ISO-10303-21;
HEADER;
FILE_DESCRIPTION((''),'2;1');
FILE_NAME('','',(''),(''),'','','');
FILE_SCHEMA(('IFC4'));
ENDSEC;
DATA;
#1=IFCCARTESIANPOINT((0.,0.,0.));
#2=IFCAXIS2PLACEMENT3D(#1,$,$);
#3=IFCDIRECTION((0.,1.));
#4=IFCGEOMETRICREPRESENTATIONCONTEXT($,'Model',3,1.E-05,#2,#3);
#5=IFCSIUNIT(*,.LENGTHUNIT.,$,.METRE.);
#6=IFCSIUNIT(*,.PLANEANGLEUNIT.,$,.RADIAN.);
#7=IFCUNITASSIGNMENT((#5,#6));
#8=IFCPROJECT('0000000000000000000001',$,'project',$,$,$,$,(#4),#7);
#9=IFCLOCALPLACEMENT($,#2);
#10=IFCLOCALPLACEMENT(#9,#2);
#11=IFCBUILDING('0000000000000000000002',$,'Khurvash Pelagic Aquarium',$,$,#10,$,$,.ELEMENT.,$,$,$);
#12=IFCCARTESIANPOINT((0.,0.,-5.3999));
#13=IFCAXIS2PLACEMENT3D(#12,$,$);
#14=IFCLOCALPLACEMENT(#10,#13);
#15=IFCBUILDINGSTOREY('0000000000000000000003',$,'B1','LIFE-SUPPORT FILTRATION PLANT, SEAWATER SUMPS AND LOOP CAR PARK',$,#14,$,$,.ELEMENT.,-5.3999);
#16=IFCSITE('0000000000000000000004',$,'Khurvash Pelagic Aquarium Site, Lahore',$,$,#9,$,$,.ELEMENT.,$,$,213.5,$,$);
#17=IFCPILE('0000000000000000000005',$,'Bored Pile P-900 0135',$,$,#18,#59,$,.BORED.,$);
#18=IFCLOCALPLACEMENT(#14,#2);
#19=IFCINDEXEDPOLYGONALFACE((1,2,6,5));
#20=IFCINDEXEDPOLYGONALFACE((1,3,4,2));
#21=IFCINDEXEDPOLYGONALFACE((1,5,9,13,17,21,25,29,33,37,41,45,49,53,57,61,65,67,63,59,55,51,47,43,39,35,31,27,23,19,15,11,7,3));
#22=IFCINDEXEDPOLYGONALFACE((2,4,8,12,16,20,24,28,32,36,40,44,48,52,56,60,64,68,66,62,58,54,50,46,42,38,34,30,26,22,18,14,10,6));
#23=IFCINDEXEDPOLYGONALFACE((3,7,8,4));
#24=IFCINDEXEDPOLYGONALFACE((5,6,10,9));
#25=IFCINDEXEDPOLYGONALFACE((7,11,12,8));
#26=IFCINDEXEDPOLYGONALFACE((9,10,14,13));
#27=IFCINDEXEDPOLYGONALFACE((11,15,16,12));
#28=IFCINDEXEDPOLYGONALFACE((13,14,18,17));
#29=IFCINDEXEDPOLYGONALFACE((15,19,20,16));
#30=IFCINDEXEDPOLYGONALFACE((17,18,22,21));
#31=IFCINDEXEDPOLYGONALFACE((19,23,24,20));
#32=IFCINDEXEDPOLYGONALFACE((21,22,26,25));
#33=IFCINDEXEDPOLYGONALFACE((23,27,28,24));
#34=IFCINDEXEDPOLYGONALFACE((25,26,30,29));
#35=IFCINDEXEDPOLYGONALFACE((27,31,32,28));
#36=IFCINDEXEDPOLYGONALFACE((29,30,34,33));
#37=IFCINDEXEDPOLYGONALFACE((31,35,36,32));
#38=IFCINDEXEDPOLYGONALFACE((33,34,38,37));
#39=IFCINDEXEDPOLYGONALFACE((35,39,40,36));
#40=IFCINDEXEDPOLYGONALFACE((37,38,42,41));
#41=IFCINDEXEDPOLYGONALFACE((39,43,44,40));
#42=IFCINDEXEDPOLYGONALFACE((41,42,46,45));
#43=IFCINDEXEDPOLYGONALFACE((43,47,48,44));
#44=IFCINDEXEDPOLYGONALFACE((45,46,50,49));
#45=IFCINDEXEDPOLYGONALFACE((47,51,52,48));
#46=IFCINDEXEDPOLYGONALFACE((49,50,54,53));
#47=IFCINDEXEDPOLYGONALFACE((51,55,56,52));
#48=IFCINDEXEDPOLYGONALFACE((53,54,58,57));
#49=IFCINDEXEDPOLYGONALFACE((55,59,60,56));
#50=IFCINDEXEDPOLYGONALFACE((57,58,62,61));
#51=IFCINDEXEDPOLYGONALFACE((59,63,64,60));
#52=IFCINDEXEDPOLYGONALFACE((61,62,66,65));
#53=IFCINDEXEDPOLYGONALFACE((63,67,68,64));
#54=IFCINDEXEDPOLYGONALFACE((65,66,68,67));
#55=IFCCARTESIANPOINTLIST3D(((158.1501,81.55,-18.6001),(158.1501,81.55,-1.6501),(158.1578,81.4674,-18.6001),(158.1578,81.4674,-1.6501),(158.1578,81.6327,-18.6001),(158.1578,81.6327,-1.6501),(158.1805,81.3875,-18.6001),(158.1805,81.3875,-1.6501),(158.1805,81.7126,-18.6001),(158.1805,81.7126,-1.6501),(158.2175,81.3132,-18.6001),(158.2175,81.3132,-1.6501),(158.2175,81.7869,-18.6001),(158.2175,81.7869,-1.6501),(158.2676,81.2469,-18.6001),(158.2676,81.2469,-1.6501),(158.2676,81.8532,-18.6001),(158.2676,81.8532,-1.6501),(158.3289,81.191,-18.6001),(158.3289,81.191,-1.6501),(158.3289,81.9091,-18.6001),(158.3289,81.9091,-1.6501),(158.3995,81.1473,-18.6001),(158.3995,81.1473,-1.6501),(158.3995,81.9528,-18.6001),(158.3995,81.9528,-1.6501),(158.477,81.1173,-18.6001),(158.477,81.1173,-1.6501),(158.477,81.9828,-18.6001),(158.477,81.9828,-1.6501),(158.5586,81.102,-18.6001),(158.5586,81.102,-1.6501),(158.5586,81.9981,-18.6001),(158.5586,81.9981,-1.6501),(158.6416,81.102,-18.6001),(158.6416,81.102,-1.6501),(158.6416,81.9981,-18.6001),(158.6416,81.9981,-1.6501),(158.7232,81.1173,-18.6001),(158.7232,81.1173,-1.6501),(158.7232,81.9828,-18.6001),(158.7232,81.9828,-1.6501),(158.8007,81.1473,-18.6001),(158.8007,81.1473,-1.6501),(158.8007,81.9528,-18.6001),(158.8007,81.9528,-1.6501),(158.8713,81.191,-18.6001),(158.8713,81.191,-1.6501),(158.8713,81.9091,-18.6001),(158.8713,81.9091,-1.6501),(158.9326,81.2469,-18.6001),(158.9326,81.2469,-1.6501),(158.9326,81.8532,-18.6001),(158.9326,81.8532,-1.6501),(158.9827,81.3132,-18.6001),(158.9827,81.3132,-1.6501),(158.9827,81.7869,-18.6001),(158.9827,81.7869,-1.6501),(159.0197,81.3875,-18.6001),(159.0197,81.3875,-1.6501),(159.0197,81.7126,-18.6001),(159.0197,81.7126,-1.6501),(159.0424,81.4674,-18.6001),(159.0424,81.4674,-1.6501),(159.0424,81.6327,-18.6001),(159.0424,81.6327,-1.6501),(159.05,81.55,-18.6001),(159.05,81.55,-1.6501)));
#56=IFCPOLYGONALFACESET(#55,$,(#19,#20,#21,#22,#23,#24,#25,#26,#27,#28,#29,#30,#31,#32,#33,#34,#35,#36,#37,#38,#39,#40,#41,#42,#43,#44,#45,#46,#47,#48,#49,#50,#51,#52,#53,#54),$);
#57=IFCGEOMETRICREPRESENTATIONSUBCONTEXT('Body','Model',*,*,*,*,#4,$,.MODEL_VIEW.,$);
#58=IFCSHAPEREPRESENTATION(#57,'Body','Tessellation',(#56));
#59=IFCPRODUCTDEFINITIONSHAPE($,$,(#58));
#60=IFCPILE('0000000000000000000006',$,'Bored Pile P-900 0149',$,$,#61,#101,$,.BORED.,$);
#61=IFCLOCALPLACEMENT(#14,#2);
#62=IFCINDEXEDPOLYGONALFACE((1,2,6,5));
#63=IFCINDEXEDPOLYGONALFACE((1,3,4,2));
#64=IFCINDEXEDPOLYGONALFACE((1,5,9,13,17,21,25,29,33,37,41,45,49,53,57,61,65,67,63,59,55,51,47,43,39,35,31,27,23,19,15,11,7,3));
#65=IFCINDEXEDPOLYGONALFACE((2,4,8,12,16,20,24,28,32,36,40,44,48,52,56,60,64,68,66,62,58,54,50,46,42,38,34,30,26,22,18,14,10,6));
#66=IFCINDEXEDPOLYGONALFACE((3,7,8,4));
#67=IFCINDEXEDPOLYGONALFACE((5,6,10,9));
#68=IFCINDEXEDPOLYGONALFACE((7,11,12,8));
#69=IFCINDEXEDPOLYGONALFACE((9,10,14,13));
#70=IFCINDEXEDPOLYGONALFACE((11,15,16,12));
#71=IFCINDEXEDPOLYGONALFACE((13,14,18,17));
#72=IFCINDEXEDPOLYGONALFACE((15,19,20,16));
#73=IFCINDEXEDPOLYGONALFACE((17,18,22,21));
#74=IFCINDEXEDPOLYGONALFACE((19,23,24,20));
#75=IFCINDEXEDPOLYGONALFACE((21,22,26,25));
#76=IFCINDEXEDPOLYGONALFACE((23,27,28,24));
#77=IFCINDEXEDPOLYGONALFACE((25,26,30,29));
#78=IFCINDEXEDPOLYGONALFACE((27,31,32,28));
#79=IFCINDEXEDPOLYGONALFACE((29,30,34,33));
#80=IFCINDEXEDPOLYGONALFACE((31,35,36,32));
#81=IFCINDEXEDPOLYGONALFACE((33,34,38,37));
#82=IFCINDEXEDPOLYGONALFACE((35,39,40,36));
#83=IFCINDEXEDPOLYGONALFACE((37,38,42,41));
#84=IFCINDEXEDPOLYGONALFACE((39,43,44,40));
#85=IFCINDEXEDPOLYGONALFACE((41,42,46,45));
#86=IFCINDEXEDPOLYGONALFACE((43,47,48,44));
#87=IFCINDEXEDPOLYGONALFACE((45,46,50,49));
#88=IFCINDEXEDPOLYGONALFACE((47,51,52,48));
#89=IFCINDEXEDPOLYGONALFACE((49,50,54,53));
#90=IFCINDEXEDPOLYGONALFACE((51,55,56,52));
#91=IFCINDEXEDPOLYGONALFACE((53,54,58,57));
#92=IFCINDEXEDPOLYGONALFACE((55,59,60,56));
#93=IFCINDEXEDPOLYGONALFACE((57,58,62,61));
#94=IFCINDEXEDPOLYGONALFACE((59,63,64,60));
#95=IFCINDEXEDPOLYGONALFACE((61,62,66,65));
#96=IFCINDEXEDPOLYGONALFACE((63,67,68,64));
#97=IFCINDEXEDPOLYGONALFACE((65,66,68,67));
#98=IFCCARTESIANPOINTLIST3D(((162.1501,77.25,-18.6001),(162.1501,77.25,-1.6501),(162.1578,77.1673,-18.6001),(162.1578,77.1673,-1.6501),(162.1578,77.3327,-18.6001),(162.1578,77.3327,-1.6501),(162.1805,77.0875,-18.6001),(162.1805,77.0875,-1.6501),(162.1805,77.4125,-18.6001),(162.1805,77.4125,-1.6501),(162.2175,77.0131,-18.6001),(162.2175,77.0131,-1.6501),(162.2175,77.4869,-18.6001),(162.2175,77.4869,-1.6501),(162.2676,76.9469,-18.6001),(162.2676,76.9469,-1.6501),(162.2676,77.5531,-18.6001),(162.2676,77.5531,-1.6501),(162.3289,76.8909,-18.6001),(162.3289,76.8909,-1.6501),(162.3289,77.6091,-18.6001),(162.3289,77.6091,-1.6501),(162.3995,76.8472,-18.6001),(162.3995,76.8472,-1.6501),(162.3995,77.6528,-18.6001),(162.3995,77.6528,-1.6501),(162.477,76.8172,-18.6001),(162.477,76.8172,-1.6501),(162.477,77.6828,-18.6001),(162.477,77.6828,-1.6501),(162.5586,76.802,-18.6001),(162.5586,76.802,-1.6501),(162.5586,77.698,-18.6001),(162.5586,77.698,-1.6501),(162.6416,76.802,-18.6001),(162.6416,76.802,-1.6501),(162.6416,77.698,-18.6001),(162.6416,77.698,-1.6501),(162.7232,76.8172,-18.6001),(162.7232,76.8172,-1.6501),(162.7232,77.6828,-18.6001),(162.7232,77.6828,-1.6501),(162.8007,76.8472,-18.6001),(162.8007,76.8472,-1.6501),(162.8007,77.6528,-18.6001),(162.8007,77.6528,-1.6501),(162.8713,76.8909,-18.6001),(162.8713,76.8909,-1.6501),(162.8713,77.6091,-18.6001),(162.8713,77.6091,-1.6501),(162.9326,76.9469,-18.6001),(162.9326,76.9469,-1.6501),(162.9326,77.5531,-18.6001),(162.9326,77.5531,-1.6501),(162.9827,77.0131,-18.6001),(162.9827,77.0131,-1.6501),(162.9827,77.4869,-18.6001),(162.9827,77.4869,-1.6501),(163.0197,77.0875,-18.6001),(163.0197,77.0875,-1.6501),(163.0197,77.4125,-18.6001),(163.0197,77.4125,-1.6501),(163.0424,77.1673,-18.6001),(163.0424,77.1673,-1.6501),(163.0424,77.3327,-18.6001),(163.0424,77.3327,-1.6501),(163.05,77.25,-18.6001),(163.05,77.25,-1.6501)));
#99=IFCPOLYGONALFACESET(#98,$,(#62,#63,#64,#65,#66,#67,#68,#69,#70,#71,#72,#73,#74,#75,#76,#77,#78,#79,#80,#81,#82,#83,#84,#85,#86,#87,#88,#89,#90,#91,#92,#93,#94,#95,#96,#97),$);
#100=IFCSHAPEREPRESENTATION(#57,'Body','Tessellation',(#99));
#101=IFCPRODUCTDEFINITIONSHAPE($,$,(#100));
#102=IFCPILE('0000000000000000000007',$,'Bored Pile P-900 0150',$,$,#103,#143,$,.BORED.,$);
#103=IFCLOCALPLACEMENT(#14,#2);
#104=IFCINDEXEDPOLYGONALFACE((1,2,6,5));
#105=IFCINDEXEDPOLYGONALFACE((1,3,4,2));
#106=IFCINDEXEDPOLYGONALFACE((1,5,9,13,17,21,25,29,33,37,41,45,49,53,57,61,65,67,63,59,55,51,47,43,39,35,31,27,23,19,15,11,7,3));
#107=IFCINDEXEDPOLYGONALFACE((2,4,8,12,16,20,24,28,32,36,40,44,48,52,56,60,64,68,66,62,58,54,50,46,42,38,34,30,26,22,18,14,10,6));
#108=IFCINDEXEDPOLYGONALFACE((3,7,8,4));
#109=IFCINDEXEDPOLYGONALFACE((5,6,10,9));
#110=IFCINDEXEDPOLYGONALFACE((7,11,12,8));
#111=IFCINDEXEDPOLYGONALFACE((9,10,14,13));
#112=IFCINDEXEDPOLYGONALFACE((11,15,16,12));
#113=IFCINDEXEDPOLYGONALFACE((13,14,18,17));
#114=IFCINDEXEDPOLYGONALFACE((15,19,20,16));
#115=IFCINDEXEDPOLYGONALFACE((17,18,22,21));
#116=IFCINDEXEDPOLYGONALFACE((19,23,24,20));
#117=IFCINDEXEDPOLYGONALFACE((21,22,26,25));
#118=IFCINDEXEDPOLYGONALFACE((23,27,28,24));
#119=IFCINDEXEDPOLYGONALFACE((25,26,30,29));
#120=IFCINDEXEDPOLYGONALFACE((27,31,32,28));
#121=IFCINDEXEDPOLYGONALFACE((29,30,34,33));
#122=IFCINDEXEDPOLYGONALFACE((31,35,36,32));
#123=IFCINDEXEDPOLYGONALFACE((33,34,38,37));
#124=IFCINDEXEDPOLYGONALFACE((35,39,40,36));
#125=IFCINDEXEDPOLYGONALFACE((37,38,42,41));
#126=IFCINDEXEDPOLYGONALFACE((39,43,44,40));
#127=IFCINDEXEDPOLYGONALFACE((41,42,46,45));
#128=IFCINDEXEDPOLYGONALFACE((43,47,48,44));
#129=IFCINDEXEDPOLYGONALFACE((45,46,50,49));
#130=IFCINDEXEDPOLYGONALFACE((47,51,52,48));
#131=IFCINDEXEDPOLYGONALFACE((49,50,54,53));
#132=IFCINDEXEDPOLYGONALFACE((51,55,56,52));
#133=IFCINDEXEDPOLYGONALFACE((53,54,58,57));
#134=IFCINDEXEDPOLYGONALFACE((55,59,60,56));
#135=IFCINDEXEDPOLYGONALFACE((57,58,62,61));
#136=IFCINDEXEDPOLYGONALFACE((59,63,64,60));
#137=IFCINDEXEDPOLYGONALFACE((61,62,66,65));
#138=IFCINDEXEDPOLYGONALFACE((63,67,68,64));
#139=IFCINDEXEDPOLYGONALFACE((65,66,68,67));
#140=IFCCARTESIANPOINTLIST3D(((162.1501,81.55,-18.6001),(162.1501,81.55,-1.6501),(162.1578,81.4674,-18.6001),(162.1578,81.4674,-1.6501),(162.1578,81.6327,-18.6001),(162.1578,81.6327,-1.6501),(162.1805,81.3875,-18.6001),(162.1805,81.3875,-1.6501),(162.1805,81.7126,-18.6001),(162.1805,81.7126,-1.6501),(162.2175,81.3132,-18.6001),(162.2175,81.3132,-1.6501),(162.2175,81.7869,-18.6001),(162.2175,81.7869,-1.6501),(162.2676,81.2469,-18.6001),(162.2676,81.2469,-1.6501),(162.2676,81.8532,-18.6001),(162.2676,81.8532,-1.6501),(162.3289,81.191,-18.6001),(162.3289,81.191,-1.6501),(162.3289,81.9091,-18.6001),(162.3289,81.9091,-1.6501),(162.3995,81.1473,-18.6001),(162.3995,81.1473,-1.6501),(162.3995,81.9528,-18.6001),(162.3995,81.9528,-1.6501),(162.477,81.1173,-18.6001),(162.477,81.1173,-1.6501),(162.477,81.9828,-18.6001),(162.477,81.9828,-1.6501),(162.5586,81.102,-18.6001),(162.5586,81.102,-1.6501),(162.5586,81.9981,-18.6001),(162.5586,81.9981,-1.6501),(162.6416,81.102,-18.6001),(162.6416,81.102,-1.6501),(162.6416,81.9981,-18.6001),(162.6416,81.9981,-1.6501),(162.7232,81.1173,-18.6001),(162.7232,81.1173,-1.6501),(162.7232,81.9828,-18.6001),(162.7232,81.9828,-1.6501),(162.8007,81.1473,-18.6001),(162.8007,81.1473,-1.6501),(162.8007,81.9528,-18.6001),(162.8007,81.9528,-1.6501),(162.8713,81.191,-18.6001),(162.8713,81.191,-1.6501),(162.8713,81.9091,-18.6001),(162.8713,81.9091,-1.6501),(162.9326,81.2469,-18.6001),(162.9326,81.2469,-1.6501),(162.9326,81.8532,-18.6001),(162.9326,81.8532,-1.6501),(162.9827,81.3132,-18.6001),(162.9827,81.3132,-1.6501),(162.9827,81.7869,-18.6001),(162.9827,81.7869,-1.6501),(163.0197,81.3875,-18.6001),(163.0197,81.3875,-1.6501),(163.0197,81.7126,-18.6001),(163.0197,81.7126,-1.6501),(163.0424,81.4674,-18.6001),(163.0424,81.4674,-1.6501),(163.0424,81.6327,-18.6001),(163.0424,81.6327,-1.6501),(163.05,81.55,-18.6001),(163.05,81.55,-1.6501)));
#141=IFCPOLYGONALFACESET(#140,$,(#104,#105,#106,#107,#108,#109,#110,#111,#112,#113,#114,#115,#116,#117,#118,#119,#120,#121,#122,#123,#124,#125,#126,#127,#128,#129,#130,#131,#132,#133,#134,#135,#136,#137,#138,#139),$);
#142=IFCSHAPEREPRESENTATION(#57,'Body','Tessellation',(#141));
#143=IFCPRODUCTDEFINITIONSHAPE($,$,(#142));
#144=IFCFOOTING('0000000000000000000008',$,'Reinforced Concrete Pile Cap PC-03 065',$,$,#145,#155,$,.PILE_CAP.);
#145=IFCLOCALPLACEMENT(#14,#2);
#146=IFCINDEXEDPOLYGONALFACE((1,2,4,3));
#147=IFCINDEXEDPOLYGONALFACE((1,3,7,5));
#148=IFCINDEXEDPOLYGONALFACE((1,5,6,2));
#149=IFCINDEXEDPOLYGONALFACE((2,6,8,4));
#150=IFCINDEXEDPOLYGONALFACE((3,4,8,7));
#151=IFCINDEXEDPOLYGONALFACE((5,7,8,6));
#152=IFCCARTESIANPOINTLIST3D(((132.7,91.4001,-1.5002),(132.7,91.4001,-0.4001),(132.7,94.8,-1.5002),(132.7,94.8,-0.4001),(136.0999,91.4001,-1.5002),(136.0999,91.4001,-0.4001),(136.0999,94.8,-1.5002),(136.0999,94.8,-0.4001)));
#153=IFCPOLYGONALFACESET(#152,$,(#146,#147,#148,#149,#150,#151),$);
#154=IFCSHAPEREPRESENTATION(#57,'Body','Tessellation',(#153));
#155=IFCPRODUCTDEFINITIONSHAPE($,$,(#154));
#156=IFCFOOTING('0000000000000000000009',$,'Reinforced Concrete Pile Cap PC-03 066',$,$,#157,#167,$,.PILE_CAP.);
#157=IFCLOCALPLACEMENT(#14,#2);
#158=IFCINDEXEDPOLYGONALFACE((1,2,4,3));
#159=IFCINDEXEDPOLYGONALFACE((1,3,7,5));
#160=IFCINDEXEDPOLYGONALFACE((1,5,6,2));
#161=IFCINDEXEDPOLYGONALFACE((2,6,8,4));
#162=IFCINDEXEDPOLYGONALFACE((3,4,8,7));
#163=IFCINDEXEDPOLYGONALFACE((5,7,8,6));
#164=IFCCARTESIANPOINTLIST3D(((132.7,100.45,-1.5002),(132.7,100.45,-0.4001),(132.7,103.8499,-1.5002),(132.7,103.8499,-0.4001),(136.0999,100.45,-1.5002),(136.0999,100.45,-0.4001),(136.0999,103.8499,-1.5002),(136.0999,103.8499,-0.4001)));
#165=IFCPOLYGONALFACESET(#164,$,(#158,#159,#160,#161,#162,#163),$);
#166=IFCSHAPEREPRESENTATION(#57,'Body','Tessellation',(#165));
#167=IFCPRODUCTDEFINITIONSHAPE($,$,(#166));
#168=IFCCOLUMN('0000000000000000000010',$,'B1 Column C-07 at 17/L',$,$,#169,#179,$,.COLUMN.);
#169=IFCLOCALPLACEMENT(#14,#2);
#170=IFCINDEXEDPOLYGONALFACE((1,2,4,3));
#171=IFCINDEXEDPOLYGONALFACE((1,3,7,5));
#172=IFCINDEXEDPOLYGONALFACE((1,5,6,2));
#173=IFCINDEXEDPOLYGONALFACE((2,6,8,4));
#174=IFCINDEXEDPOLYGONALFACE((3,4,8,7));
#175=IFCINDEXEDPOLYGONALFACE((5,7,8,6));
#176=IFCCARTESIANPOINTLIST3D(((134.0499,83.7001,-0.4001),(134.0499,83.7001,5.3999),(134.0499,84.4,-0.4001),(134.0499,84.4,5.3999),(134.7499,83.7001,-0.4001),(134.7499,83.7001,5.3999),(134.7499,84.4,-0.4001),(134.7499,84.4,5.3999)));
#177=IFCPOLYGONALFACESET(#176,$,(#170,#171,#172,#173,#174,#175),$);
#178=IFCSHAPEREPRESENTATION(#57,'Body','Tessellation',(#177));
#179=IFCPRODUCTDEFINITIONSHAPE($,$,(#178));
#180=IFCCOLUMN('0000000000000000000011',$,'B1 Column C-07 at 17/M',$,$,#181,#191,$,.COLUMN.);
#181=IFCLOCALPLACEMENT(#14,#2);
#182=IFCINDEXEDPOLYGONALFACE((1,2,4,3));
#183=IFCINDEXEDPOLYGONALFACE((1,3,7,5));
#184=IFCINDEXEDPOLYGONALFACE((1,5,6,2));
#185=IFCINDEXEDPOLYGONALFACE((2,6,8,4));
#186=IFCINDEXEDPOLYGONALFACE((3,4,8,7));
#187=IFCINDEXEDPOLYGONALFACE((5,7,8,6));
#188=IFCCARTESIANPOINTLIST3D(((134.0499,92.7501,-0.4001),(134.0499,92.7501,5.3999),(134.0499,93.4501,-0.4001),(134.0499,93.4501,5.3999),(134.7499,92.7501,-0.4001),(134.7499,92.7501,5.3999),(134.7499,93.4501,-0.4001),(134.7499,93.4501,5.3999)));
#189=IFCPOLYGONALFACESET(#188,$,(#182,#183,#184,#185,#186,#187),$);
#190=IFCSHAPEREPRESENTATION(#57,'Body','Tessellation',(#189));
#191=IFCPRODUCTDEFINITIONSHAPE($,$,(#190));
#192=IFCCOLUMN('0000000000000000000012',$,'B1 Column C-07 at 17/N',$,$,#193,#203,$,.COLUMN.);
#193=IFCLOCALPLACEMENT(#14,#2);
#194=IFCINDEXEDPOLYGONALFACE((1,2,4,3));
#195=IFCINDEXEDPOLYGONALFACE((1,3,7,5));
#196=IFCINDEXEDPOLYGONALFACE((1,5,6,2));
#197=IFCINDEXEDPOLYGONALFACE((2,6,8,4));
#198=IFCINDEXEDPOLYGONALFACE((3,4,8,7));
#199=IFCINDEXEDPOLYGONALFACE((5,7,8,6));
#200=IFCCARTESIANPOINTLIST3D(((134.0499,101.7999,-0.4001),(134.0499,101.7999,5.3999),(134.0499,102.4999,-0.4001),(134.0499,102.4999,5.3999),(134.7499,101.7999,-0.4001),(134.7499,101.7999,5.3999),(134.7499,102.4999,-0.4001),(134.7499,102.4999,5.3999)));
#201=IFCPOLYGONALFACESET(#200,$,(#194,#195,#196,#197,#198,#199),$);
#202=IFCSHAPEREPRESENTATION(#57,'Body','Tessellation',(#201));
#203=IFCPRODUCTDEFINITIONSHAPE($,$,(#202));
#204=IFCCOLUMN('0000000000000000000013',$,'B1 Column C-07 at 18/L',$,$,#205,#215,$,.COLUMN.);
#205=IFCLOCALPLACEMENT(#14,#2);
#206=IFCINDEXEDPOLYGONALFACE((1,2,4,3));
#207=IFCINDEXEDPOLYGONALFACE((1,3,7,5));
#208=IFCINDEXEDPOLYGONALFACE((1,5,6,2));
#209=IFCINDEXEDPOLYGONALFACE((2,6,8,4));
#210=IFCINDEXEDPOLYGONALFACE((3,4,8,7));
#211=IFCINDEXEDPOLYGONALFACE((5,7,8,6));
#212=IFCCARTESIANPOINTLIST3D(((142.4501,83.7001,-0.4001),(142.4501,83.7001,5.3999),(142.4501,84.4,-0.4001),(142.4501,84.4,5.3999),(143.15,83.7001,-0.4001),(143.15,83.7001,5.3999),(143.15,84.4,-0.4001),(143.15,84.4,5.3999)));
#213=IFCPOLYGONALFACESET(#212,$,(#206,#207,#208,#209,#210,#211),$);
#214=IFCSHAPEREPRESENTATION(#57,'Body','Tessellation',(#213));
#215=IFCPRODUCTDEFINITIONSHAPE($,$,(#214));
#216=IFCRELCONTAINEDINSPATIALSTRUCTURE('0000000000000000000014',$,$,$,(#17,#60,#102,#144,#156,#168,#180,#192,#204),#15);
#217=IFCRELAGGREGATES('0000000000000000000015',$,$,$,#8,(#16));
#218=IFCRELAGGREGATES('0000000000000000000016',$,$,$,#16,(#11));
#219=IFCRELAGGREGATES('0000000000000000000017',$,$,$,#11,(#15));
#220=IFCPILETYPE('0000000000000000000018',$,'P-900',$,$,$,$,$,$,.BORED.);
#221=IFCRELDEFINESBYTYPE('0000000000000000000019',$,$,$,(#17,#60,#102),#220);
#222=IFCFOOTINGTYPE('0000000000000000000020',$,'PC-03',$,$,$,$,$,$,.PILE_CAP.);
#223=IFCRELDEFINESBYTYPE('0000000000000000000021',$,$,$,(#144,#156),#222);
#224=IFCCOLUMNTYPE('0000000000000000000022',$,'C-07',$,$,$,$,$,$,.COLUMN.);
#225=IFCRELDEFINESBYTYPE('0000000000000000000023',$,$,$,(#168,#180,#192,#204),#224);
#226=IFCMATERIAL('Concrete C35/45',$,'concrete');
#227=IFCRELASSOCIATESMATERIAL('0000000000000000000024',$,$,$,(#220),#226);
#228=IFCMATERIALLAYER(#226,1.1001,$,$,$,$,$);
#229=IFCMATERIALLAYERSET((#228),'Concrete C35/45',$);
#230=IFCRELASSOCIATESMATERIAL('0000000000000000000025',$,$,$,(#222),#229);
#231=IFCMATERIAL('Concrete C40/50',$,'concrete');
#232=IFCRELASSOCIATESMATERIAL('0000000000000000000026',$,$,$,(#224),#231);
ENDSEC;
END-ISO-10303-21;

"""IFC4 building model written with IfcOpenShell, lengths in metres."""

from ifc_helpers import new_model, si_unit, direction, frame, origin, origin_2d, place, context, subcontext, project, spatial, rectangle, circle, extrude, material, layer, layer_set, material_profile, profile_set, type_object, element, save


model = new_model("IFC4")

# Units and contexts
model_context = context("Model", 3, precision=1e-05, world=origin(), true_north=direction((0.0, 1.0)))
body_context = subcontext(model_context, "Body", "Model", "MODEL_VIEW")
ifc_project = project(units=[si_unit("LENGTHUNIT", "METRE"), si_unit("PLANEANGLEUNIT", "RADIAN")], contexts=[model_context])

# Site, building, storey
site_placement = place(None, origin())
site = spatial("IfcSite", under=ifc_project, at=site_placement, Name="Khurvash Pelagic Aquarium Site, Lahore", CompositionType="ELEMENT", RefElevation=213.5)
building_placement = place(site_placement, origin())
building = spatial("IfcBuilding", under=site, at=building_placement, Name="Khurvash Pelagic Aquarium", CompositionType="ELEMENT")
storey_placement = place(building_placement, frame((0.0, 0.0, -5.3999)))
storey = spatial("IfcBuildingStorey", under=building, at=storey_placement, Name="B1", Description="LIFE-SUPPORT FILTRATION PLANT, SEAWATER SUMPS AND LOOP CAR PARK", CompositionType="ELEMENT", Elevation=-5.3999)

# Shared definitions
ifc_material_1 = material(Name="Concrete C35/45", Category="concrete")

# Piles
ifc_material_profile_1 = material_profile(ifc_material_1, circle(Radius=0.45, at=origin_2d()), Name="PILE900")
ifc_profile_set_1 = profile_set([ifc_material_profile_1], Name="Concrete C35/45")
pile_type_1 = type_object("IfcPileType", Name="P-900", PredefinedType="BORED", material=ifc_profile_set_1)
for number, where, z_axis, x_axis, name in (
    (1, (158.6001, 81.55, -1.6501), (0.0, 0.0, -1.0), (1.0, 0.0, 0.0), "Bored Pile P-900 0135"),
    (2, (162.6001, 77.25, -1.6501), (0.0, 0.0, -1.0), (1.0, 0.0, 0.0), "Bored Pile P-900 0149"),
    (3, (162.6001, 81.55, -1.6501), (0.0, 0.0, -1.0), (1.0, 0.0, 0.0), "Bored Pile P-900 0150"),
):
    element("IfcPile", number, at=place(storey_placement, frame(where, z_axis=z_axis, x_axis=x_axis)), inside=storey, type_object=pile_type_1, Name=name, PredefinedType="BORED", context=body_context, shape_type="SweptSolid", body=[
        extrude(circle(Radius=0.45, at=origin_2d()), origin(), (0.0, 0.0, 1.0), 16.95),
    ])

# Footings
ifc_layer_1 = layer(ifc_material_1, 1.1001)
ifc_layer_set_1 = layer_set([ifc_layer_1], Name="Concrete C35/45")
footing_type_1 = type_object("IfcFootingType", Name="PC-03", PredefinedType="PILE_CAP", material=ifc_layer_set_1)
for number, where, z_axis, x_axis, name in (
    (4, (134.3999, 93.1001, -1.5002), (0.0, 0.0, 1.0), (1.0, 0.0, 0.0), "Reinforced Concrete Pile Cap PC-03 065"),
    (5, (134.3999, 102.1499, -1.5002), (0.0, 0.0, 1.0), (1.0, 0.0, 0.0), "Reinforced Concrete Pile Cap PC-03 066"),
):
    element("IfcFooting", number, at=place(storey_placement, frame(where, z_axis=z_axis, x_axis=x_axis)), inside=storey, type_object=footing_type_1, Name=name, PredefinedType="PILE_CAP", context=body_context, shape_type="SweptSolid", body=[
        extrude(rectangle(XDim=3.3999, YDim=3.3999, at=origin_2d()), origin(), (0.0, 0.0, 1.0), 1.1001),
    ])

# Columns
ifc_material_2 = material(Name="Concrete C40/50", Category="concrete")
ifc_material_profile_2 = material_profile(ifc_material_2, rectangle(XDim=0.7, YDim=0.7, at=origin_2d()), Name="RC700X700")
ifc_profile_set_2 = profile_set([ifc_material_profile_2], Name="Concrete C40/50")
column_type = type_object("IfcColumnType", Name="C-07", PredefinedType="COLUMN", material=ifc_profile_set_2)
for number, where, z_axis, x_axis, name in (
    (6, (134.3999, 84.05, -0.4001), (0.0, 0.0, 1.0), (1.0, 0.0, 0.0), "B1 Column C-07 at 17/L"),
    (7, (134.3999, 93.1001, -0.4001), (0.0, 0.0, 1.0), (1.0, 0.0, 0.0), "B1 Column C-07 at 17/M"),
    (8, (134.3999, 102.1499, -0.4001), (0.0, 0.0, 1.0), (1.0, 0.0, 0.0), "B1 Column C-07 at 17/N"),
    (9, (142.8, 84.05, -0.4001), (0.0, 0.0, 1.0), (1.0, 0.0, 0.0), "B1 Column C-07 at 18/L"),
):
    element("IfcColumn", number, at=place(storey_placement, frame(where, z_axis=z_axis, x_axis=x_axis)), inside=storey, type_object=column_type, Name=name, PredefinedType="COLUMN", context=body_context, shape_type="SweptSolid", body=[
        extrude(rectangle(XDim=0.7, YDim=0.7, at=origin_2d()), origin(), (0.0, 0.0, 1.0), 5.8),
    ])

save(model, "model.ifc")
